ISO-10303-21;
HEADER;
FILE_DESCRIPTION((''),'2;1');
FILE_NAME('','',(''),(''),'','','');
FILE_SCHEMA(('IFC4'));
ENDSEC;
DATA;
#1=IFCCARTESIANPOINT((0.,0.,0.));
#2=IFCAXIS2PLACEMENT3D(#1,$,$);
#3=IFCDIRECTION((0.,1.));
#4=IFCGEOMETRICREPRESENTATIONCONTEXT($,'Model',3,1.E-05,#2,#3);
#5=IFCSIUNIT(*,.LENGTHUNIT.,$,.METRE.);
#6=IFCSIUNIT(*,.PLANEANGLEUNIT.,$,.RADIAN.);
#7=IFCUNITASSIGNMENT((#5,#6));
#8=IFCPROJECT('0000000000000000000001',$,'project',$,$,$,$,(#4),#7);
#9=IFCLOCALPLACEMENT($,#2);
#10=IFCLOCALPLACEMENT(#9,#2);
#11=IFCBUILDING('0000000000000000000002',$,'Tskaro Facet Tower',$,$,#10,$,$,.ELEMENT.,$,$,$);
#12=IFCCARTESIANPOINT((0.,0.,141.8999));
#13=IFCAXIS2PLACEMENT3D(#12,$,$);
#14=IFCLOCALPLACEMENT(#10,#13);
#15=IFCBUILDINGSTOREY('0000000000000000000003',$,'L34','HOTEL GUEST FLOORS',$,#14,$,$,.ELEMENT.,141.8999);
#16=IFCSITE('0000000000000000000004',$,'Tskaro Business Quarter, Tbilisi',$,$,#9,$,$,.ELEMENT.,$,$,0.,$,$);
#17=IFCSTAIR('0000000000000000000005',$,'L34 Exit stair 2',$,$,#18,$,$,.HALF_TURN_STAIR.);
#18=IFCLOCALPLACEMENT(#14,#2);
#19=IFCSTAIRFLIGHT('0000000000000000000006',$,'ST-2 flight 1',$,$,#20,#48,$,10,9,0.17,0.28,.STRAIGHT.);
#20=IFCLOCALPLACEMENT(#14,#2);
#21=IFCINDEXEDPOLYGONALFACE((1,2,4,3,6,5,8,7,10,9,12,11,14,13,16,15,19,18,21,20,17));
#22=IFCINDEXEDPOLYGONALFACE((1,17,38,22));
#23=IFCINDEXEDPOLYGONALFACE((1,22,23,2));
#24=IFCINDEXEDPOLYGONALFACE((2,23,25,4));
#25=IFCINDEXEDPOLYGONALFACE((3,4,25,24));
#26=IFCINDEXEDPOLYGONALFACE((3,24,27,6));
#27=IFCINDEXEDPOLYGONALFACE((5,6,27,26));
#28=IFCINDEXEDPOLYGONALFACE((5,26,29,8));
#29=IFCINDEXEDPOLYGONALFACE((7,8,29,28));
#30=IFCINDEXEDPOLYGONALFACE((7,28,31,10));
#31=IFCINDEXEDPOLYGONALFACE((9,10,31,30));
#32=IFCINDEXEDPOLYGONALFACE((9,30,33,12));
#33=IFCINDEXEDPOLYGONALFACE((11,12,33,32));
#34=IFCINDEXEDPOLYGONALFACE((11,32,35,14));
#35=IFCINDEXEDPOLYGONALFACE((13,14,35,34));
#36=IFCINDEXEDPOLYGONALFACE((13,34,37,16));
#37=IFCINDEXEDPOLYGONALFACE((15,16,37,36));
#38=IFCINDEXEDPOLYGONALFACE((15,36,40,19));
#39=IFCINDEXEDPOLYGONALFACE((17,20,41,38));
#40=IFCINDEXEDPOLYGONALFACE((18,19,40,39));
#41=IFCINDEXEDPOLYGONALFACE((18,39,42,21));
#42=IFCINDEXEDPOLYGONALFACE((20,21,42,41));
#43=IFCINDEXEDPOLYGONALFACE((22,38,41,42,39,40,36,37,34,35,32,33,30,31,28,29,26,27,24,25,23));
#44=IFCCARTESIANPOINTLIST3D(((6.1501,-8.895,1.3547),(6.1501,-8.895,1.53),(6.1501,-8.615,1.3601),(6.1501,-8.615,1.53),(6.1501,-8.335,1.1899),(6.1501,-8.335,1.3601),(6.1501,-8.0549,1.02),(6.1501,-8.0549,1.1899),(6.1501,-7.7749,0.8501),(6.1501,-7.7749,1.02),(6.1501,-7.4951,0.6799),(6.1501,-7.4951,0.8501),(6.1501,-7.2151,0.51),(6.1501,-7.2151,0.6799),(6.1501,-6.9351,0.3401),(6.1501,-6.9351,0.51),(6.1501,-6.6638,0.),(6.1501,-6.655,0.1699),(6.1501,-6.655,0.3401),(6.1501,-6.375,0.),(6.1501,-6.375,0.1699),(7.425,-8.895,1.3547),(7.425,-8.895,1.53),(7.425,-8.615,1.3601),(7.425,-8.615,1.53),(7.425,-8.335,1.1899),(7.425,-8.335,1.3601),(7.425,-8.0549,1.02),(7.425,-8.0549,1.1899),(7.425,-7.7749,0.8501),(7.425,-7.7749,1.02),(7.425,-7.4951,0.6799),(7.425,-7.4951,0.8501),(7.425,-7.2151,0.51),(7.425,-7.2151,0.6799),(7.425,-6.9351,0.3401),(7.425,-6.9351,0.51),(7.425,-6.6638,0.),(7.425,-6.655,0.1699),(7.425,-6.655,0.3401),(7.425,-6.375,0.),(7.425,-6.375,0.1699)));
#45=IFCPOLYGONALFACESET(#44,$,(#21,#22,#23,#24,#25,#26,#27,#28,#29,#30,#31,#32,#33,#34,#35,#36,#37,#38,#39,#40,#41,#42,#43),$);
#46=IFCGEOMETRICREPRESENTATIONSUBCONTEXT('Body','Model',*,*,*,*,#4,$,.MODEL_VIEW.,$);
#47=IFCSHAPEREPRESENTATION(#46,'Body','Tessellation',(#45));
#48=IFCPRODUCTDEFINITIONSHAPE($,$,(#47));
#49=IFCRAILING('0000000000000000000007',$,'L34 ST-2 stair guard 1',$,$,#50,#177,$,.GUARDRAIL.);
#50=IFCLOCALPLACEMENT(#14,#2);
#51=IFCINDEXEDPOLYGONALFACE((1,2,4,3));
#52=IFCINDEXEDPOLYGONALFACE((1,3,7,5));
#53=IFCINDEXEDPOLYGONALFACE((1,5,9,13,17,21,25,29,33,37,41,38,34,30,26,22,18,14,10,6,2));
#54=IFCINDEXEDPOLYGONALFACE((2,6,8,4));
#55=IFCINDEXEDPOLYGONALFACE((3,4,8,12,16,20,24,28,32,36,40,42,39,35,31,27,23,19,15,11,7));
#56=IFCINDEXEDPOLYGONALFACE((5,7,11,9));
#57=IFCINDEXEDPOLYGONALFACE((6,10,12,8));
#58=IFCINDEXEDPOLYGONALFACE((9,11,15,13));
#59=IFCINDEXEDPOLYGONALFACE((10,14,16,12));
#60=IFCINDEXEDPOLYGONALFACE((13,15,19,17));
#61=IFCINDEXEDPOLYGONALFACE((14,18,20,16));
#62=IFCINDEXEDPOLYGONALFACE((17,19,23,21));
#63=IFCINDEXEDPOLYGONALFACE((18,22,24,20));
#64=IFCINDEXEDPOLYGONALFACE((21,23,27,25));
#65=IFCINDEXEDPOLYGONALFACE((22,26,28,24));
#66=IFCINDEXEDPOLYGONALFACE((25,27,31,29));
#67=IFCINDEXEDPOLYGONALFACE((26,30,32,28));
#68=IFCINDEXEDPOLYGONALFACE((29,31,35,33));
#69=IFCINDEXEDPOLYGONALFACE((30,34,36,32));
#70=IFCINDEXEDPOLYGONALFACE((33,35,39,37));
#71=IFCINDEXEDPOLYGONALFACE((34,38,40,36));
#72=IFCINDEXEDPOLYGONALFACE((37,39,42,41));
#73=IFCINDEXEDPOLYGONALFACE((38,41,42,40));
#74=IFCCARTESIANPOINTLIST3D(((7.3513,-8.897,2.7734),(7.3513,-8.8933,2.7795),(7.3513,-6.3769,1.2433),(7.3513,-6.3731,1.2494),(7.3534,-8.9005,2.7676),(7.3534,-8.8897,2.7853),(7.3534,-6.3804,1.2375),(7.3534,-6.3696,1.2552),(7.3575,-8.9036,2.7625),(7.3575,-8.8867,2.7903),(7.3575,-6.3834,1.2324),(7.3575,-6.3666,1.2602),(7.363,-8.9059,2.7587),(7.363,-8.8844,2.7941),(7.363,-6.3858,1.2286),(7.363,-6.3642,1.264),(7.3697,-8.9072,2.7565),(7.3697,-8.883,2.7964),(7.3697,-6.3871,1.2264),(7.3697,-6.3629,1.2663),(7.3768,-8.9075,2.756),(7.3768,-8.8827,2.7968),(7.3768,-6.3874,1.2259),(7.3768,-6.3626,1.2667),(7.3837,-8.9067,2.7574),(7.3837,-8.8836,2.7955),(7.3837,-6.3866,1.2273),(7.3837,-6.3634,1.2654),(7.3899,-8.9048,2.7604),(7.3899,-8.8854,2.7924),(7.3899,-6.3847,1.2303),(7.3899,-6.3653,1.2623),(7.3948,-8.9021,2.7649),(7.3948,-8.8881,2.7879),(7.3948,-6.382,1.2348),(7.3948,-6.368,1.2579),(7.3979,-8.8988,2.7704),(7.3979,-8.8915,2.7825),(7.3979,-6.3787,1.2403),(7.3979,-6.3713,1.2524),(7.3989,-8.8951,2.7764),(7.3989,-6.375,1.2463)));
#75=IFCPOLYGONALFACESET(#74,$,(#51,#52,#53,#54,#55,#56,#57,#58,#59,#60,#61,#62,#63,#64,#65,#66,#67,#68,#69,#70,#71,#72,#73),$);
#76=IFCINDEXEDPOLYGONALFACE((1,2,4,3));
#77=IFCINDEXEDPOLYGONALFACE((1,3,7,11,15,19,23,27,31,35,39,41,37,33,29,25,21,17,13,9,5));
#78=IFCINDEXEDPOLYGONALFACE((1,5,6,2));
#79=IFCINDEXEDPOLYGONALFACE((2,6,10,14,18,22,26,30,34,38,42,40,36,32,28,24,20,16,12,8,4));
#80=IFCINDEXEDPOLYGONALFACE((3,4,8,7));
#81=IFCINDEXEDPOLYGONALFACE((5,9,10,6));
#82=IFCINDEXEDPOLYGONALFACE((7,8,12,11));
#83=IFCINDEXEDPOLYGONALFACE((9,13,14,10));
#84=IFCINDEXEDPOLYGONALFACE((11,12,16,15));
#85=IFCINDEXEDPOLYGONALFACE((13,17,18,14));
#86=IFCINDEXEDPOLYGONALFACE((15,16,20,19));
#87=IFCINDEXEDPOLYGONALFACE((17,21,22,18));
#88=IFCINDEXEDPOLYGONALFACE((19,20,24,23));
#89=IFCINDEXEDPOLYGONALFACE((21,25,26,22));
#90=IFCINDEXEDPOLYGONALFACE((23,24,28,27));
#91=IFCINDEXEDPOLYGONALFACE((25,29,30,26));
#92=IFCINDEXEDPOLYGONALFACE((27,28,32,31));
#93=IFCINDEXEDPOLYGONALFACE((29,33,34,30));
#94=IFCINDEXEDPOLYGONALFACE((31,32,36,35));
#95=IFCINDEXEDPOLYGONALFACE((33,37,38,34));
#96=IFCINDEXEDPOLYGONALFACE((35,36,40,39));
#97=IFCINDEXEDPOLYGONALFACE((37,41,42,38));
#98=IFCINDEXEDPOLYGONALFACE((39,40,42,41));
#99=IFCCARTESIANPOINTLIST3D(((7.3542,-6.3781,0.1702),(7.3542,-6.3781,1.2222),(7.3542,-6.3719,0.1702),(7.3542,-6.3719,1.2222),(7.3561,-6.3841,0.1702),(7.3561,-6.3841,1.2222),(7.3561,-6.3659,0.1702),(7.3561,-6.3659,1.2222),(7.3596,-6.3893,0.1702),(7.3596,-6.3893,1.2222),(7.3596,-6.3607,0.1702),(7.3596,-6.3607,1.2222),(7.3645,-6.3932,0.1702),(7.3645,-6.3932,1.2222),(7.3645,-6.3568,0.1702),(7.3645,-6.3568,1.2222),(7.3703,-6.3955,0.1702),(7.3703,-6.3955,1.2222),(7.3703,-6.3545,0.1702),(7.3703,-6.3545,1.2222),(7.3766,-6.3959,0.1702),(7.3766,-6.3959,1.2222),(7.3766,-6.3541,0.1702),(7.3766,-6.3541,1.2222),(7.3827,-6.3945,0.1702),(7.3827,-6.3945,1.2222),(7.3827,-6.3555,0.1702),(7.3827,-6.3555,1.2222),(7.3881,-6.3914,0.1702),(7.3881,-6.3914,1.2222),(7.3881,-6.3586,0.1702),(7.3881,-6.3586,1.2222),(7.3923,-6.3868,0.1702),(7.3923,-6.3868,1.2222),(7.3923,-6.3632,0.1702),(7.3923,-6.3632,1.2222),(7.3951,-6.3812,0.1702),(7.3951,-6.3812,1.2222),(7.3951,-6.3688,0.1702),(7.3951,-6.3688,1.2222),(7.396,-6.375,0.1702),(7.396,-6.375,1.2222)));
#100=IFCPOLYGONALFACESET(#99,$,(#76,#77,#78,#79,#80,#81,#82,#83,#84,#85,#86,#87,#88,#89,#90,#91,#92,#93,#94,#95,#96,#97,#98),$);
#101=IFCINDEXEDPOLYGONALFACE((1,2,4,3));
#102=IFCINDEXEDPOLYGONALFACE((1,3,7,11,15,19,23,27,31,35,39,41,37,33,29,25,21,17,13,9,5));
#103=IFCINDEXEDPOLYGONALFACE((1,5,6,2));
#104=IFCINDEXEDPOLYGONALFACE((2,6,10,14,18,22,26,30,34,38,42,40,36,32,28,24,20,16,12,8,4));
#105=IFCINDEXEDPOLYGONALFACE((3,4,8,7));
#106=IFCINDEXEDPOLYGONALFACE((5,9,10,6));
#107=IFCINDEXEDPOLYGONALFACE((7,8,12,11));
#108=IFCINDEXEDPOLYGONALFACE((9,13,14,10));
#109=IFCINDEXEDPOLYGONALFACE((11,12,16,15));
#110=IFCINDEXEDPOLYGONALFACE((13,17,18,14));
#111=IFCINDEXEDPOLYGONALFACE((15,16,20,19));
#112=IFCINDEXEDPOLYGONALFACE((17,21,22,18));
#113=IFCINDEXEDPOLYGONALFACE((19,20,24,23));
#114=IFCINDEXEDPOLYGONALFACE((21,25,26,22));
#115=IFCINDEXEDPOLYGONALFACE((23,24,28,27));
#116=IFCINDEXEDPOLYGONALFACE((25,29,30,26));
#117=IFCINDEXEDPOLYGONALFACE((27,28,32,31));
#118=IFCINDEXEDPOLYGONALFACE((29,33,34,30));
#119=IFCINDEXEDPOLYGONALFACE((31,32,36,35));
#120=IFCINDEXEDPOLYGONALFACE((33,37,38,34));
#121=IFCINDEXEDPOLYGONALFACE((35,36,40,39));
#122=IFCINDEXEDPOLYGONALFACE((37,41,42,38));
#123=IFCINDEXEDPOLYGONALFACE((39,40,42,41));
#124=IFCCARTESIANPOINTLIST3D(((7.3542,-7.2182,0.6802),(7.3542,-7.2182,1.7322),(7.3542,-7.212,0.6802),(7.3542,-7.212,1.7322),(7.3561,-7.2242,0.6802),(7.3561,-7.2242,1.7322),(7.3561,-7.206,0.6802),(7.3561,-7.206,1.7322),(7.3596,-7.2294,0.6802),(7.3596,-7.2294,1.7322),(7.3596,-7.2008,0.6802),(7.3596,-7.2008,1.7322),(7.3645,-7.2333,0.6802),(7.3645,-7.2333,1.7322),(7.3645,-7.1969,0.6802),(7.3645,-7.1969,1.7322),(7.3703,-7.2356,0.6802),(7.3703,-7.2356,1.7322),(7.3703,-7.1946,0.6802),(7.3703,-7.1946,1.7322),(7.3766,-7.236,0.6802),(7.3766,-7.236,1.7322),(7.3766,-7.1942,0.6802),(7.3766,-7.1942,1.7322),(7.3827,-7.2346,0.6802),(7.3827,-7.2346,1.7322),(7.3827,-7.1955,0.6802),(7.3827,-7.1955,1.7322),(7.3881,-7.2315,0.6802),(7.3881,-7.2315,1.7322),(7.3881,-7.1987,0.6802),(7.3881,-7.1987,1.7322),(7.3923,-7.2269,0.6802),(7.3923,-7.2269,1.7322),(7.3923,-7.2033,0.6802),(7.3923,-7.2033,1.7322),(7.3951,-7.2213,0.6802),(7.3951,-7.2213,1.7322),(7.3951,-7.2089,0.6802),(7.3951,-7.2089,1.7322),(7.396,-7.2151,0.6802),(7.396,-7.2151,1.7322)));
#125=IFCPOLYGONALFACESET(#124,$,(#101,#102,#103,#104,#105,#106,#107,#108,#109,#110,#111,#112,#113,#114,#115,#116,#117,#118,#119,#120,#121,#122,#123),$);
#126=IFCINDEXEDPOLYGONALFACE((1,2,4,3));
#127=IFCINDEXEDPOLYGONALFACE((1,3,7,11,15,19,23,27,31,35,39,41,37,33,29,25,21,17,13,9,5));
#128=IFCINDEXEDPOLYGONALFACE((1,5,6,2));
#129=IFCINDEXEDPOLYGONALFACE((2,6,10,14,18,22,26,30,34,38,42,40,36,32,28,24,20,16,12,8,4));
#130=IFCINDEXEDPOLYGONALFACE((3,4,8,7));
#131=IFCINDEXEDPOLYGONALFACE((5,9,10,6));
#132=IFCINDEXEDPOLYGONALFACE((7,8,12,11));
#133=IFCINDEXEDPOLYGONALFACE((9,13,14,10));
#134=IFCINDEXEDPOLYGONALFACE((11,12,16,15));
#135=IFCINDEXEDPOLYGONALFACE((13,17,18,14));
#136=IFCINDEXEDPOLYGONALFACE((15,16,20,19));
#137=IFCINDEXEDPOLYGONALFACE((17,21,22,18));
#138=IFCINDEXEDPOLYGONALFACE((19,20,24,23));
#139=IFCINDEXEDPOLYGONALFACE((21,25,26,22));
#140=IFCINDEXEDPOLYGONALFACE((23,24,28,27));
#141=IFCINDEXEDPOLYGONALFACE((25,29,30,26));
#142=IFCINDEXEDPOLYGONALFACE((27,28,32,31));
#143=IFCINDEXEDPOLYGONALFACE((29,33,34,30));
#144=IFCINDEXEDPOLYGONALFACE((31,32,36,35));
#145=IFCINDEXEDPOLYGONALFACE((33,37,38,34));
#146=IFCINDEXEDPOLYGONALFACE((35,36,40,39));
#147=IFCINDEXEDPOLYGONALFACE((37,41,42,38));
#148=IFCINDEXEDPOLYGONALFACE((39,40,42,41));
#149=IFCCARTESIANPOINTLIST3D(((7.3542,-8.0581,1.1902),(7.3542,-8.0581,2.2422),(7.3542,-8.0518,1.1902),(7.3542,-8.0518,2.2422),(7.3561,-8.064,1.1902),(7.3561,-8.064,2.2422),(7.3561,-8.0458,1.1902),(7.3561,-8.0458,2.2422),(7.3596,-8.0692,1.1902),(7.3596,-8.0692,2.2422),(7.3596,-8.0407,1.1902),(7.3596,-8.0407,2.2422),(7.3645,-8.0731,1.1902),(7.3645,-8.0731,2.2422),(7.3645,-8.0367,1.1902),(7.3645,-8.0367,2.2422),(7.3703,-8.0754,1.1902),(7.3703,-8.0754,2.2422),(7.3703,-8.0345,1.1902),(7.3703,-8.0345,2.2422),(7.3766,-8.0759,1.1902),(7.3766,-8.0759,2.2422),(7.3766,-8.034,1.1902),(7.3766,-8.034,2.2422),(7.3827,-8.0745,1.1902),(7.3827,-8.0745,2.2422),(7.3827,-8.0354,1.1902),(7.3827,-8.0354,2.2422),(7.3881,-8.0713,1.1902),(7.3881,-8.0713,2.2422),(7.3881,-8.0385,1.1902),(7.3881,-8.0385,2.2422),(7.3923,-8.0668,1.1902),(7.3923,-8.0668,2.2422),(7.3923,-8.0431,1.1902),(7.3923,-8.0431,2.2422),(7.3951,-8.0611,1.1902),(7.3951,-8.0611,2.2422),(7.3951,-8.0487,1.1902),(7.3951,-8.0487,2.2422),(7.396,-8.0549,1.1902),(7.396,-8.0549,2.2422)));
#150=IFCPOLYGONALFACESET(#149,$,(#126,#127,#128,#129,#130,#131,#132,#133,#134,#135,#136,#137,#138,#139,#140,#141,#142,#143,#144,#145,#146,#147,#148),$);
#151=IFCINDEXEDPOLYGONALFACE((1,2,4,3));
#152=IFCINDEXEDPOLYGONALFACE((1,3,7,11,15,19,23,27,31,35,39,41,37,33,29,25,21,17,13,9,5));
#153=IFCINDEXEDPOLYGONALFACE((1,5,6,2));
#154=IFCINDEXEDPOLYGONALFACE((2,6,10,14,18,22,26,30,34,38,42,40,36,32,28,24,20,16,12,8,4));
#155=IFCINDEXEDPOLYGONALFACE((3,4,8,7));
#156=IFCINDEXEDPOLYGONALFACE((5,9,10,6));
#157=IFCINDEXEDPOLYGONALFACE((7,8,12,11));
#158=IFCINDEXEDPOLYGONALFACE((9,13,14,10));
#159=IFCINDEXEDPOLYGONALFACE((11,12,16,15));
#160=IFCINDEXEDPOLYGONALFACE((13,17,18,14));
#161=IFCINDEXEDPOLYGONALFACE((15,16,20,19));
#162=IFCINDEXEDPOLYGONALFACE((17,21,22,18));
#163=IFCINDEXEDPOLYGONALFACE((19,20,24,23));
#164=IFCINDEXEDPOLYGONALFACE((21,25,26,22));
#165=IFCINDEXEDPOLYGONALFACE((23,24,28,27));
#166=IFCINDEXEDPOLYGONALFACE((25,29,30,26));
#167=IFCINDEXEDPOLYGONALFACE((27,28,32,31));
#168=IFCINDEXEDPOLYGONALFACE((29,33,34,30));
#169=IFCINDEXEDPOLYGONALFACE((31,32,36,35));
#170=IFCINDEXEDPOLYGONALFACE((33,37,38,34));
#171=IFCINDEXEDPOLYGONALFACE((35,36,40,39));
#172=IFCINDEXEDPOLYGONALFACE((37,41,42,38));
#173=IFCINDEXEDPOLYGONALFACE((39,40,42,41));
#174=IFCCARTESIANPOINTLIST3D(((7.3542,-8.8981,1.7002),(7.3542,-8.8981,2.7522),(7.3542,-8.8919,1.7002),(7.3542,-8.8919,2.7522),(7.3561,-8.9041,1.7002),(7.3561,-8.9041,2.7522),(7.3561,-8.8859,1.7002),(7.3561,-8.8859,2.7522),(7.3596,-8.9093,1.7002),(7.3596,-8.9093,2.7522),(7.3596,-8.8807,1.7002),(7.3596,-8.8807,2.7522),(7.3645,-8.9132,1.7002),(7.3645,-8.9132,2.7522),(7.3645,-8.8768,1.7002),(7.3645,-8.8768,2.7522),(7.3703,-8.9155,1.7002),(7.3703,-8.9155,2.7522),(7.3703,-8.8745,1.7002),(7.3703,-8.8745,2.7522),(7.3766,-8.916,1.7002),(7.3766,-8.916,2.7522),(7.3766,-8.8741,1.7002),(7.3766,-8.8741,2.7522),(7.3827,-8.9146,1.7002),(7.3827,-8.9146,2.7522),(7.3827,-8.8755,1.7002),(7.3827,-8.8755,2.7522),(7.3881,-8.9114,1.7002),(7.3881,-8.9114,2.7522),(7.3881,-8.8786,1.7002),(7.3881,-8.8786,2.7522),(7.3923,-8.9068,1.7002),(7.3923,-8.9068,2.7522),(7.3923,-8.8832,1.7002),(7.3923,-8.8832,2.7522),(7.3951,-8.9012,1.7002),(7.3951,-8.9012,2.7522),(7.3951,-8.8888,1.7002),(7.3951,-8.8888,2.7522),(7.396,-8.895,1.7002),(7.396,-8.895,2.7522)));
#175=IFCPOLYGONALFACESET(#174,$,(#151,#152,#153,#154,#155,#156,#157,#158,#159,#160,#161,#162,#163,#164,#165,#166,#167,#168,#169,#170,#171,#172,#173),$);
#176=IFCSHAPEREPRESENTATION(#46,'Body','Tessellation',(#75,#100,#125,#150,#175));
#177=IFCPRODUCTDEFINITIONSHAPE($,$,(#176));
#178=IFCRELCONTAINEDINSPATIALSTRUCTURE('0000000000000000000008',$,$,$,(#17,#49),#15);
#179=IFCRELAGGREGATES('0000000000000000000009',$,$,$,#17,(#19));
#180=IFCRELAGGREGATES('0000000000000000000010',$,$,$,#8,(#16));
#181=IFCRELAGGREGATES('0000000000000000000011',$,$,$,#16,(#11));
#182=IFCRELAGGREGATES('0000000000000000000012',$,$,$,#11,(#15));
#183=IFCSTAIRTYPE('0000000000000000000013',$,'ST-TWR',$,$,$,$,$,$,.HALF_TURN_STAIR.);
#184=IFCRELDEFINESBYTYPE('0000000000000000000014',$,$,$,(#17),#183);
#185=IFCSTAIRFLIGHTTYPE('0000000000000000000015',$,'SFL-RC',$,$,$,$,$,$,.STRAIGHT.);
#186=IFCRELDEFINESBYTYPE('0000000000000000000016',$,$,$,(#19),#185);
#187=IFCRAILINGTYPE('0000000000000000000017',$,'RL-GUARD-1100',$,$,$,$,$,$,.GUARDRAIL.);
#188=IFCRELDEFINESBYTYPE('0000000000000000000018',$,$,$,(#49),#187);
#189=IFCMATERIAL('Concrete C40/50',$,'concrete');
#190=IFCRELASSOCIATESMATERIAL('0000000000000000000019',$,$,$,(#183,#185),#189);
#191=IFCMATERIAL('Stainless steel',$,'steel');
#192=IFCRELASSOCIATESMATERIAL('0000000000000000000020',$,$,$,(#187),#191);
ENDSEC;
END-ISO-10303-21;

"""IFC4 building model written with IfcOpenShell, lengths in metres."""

from ifc_helpers import new_model, si_unit, direction, frame, origin, origin_2d, place, context, subcontext, project, spatial, polyline, circle, outline, extrude, material, type_object, element, aggregate, save


model = new_model("IFC4")

# Units and contexts
model_context = context("Model", 3, precision=1e-05, world=origin(), true_north=direction((0.0, 1.0)))
body_context = subcontext(model_context, "Body", "Model", "MODEL_VIEW")
ifc_project = project(units=[si_unit("LENGTHUNIT", "METRE"), si_unit("PLANEANGLEUNIT", "RADIAN")], contexts=[model_context])

# Site, building, storey
site_placement = place(None, origin())
site = spatial("IfcSite", under=ifc_project, at=site_placement, Name="Tskaro Business Quarter, Tbilisi", CompositionType="ELEMENT", RefElevation=0.0)
building_placement = place(site_placement, origin())
building = spatial("IfcBuilding", under=site, at=building_placement, Name="Tskaro Facet Tower", CompositionType="ELEMENT")
storey_placement = place(building_placement, frame((0.0, 0.0, 141.8999)))
storey = spatial("IfcBuildingStorey", under=building, at=storey_placement, Name="L34", Description="HOTEL GUEST FLOORS", CompositionType="ELEMENT", Elevation=141.8999)

# Stair, stair flight
ifc_material_1 = material(Name="Concrete C40/50", Category="concrete")
stair_type = type_object("IfcStairType", Name="ST-TWR", PredefinedType="HALF_TURN_STAIR", material=ifc_material_1)
stair_placement = place(storey_placement, origin())
stair = element("IfcStair", 1, at=stair_placement, inside=storey, type_object=stair_type, Name="L34 Exit stair 2", PredefinedType="HALF_TURN_STAIR")
stair_flight_type = type_object("IfcStairFlightType", Name="SFL-RC", PredefinedType="STRAIGHT", material=ifc_material_1)
stair_flight_placement = place(storey_placement, frame((6.7876, -6.375, 0.0), z_axis=(0.0, 0.0, 1.0), x_axis=(0.0, -1.0, 0.0)))
stair_flight = element("IfcStairFlight", 2, at=stair_flight_placement, type_object=stair_flight_type, Name="ST-2 flight 1", NumberOfRisers=10, NumberOfTreads=9, PredefinedType="STRAIGHT", RiserHeight=0.17, TreadLength=0.28, context=body_context, shape_type="SweptSolid", body=[
    extrude(outline(polyline([(0.0, 0.0), (0.0, 0.1699), (0.28, 0.1699), (0.28, 0.3401), (0.5601, 0.3401), (0.5601, 0.51), (0.8401, 0.51), (0.8401, 0.6799), (1.1201, 0.6799), (1.1201, 0.8501), (1.3999, 0.8501), (1.3999, 1.02), (1.6799, 1.02), (1.6799, 1.1899), (1.96, 1.1899), (1.96, 1.3601), (2.24, 1.3601), (2.24, 1.53), (2.52, 1.53), (2.52, 1.7), (2.52, 1.3547), (0.2888, 0.0), (0.0, 0.0)])), frame((0.0, 0.6375, 0.0), z_axis=(0.0, -1.0, 0.0), x_axis=(1.0, 0.0, 0.0)), (0.0, 0.0, 1.0), 1.2749),
])
aggregate(stair, [stair_flight])

# Railing
ifc_material_2 = material(Name="Stainless steel", Category="steel")
railing_type_1 = type_object("IfcRailingType", Name="RL-GUARD-1100", PredefinedType="GUARDRAIL", material=ifc_material_2)
railing_1_placement = place(storey_placement, frame((7.375, -6.375, 0.1702)))
element("IfcRailing", 3, at=railing_1_placement, inside=storey, type_object=railing_type_1, Name="L34 ST-2 stair guard 1", PredefinedType="GUARDRAIL", context=body_context, shape_type="SweptSolid", body=[
    extrude(circle(Radius=0.0239, at=origin_2d()), frame((0.0, 0.0, 1.0762), z_axis=(0.0, -0.854785, 0.518982), x_axis=(1.0, 0.0, 0.0)), (0.0, 0.0, 1.0), 2.9482),
    extrude(circle(Radius=0.021, at=origin_2d()), origin(), (0.0, 0.0, 1.0), 1.052),
    extrude(circle(Radius=0.021, at=origin_2d()), frame((0.0, -0.8401, 0.51)), (0.0, 0.0, 1.0), 1.052),
    extrude(circle(Radius=0.021, at=origin_2d()), frame((0.0, -1.6799, 1.02)), (0.0, 0.0, 1.0), 1.052),
    extrude(circle(Radius=0.021, at=origin_2d()), frame((0.0, -2.52, 1.53)), (0.0, 0.0, 1.0), 1.052),
])

save(model, "model.ifc")
